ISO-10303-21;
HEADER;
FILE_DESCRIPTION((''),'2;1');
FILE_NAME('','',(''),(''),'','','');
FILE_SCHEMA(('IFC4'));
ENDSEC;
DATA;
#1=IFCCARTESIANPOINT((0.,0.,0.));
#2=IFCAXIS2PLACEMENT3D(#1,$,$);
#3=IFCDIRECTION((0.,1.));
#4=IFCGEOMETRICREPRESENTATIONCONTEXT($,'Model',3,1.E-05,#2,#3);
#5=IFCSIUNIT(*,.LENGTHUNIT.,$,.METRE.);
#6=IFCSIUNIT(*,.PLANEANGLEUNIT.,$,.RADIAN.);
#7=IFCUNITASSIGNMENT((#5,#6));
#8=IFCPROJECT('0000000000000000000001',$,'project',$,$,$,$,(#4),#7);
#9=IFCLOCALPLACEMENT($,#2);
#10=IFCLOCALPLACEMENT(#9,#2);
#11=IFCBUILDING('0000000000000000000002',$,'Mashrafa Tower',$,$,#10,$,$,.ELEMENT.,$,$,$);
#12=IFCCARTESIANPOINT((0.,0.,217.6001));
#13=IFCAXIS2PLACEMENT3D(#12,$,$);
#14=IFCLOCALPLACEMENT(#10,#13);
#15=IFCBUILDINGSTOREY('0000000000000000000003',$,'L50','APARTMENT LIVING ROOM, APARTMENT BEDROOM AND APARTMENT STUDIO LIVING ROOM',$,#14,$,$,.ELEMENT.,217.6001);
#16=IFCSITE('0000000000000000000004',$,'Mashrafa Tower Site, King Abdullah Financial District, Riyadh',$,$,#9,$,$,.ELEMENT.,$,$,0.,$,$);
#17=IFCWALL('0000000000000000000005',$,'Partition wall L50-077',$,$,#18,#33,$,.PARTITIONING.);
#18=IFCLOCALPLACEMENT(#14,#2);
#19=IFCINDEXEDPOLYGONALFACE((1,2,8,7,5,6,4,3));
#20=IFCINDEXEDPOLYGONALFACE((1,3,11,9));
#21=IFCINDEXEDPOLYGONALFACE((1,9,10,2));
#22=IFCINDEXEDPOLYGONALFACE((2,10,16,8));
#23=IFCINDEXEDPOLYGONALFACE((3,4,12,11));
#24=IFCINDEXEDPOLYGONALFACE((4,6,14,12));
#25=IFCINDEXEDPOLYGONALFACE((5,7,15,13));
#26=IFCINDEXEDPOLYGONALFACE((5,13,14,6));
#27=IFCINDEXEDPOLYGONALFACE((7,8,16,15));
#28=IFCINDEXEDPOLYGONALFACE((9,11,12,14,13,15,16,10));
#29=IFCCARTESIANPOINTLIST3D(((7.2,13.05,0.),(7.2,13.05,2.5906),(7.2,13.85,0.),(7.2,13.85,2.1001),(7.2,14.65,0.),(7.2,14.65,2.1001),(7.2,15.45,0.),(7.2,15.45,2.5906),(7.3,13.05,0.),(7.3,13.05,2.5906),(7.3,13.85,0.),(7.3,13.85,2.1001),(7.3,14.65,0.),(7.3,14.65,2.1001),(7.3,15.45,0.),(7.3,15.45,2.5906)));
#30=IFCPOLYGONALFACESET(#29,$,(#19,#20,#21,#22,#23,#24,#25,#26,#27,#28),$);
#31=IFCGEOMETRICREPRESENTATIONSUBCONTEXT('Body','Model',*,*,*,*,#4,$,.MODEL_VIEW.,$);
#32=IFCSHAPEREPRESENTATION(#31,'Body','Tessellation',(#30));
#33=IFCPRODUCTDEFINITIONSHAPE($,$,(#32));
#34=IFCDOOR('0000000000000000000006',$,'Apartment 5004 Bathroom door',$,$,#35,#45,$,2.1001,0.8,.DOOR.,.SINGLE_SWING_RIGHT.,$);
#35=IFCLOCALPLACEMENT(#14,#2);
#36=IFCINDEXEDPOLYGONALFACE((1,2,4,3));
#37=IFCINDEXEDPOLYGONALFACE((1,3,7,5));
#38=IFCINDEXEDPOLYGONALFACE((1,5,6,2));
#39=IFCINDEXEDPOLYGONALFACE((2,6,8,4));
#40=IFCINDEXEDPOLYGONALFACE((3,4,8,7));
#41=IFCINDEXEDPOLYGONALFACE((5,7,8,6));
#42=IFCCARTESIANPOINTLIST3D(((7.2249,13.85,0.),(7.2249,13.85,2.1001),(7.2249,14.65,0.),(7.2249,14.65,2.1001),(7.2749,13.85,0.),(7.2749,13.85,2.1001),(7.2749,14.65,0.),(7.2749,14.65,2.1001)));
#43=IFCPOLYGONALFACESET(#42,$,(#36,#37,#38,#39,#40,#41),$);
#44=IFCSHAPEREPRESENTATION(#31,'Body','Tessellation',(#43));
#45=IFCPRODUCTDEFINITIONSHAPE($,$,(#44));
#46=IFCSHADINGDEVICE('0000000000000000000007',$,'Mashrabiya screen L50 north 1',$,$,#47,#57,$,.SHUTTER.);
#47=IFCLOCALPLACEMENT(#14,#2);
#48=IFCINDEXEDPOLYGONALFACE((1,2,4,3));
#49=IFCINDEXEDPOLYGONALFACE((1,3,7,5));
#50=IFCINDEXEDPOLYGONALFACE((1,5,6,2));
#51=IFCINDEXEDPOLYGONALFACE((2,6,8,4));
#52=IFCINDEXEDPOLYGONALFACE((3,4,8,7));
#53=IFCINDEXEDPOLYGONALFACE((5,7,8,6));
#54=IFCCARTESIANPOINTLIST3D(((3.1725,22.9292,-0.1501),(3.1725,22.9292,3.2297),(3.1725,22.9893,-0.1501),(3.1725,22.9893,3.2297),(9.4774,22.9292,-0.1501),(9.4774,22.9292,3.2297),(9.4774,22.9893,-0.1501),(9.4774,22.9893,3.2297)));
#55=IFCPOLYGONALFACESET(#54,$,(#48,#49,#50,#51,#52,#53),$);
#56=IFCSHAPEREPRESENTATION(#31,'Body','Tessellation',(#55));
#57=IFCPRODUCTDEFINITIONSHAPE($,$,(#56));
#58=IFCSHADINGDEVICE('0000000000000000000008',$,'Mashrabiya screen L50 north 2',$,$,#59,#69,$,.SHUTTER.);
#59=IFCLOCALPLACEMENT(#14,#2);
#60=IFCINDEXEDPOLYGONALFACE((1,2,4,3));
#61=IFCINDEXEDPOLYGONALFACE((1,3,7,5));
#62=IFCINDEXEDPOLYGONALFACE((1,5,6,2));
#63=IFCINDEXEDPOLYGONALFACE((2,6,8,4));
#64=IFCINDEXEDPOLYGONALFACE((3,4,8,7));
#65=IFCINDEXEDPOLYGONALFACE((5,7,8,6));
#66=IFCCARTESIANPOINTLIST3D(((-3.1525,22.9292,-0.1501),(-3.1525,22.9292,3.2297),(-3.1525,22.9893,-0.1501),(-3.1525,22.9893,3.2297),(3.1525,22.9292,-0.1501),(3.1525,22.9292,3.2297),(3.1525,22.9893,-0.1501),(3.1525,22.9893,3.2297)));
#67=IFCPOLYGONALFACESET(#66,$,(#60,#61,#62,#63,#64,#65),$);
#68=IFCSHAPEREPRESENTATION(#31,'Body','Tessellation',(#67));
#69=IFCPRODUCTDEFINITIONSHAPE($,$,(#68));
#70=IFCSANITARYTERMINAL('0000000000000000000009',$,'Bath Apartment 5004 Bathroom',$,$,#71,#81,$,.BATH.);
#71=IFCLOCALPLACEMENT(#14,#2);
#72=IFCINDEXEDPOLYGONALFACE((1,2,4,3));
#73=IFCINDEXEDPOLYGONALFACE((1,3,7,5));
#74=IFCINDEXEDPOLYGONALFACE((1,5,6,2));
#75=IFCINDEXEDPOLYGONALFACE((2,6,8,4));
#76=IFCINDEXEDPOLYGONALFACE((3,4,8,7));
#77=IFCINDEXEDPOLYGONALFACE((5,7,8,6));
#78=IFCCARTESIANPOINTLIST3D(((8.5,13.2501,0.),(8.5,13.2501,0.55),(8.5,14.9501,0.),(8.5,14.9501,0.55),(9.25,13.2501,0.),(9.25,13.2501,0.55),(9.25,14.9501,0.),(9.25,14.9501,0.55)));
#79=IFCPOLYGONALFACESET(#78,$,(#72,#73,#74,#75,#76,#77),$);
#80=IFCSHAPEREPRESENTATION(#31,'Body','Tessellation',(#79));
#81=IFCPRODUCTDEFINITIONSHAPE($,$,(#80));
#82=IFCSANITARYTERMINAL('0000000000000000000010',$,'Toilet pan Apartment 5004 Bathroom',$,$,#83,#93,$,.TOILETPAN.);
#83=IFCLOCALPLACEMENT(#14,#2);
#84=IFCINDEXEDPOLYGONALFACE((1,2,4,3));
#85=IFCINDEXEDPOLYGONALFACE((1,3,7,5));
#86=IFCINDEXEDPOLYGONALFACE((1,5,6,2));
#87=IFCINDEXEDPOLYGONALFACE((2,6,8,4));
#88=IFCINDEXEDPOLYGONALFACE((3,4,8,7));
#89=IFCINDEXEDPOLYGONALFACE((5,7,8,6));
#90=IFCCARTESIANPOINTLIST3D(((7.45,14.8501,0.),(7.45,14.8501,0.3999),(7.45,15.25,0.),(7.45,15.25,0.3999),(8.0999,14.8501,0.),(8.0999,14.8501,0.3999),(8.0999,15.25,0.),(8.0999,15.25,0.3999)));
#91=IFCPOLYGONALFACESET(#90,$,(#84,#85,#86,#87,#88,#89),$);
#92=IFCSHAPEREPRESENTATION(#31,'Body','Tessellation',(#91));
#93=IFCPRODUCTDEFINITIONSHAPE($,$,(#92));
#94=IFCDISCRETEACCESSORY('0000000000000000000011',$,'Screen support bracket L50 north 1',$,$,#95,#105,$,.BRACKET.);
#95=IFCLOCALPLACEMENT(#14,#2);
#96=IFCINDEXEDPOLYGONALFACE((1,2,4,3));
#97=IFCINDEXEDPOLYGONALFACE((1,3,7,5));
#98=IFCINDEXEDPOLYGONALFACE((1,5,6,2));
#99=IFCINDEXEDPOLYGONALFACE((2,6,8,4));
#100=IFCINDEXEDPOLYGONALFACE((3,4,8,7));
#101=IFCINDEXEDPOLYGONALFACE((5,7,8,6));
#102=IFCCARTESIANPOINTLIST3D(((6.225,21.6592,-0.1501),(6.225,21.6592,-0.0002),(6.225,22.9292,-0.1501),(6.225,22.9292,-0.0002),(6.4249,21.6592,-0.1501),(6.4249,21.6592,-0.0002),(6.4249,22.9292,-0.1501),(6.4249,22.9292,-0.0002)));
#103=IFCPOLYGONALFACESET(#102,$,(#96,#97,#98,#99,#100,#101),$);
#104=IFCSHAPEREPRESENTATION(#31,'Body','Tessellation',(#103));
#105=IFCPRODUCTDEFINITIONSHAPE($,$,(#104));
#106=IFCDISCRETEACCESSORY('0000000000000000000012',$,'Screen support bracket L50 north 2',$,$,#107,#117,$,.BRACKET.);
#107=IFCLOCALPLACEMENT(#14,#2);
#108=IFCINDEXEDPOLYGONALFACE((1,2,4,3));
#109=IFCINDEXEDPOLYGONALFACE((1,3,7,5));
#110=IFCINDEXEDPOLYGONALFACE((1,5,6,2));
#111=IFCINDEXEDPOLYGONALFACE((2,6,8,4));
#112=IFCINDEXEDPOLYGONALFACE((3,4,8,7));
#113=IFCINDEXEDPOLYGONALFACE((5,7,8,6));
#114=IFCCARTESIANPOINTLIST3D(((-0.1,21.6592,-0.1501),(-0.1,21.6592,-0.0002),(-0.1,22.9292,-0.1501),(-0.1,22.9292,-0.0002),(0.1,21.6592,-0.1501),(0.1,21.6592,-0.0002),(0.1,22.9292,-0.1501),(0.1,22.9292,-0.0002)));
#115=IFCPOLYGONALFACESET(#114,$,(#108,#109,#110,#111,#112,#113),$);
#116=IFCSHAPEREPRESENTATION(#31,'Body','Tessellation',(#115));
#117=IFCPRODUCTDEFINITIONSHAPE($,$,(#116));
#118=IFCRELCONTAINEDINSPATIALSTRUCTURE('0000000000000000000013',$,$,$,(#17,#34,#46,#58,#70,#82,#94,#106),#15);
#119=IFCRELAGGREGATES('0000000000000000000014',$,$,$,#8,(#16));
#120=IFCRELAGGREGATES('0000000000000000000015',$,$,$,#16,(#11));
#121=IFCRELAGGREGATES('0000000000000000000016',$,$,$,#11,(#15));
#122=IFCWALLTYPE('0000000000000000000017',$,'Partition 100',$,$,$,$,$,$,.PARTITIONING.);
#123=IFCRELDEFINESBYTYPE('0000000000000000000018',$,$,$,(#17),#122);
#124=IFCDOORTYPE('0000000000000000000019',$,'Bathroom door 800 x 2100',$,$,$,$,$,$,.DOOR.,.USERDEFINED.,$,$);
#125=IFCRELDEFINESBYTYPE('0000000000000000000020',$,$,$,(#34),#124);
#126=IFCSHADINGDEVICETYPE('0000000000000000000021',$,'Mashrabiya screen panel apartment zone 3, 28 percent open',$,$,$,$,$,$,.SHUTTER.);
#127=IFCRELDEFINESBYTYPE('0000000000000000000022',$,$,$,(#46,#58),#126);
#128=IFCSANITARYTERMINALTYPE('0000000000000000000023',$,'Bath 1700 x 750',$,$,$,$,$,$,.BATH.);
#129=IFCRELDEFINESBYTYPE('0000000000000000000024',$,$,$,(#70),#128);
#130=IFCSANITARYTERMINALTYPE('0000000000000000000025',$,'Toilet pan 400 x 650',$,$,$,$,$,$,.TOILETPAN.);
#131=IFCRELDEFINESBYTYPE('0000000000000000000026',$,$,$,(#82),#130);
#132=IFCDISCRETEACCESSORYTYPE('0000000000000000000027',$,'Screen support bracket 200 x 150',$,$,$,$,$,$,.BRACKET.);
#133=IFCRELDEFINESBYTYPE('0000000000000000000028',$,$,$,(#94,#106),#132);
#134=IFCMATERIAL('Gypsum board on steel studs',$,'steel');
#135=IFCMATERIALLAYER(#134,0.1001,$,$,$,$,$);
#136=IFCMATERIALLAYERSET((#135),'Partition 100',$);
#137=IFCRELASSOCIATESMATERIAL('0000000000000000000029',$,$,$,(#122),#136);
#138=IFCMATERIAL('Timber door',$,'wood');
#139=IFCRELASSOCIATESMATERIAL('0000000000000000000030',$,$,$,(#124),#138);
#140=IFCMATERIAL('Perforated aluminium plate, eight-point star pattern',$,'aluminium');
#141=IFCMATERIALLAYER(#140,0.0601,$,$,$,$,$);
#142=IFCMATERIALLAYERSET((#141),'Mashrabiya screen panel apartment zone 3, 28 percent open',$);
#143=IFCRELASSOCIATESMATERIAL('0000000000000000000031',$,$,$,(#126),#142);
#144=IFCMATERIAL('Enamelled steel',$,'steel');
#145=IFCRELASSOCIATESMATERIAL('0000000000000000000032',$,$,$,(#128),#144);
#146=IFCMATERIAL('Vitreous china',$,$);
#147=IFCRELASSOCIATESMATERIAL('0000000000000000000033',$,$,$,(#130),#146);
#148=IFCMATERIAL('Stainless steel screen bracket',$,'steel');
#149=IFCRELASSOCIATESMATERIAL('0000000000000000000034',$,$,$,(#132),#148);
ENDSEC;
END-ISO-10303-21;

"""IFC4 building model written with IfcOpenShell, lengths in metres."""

from ifc_helpers import new_model, si_unit, direction, frame, frame_2d, origin, origin_2d, place, context, subcontext, project, spatial, rectangle, extrude, source, transform, mapped, material, layer, layer_set, type_object, type_shapes, element, fill, save


model = new_model("IFC4")

# Units and contexts
model_context = context("Model", 3, precision=1e-05, world=origin(), true_north=direction((0.0, 1.0)))
body_context = subcontext(model_context, "Body", "Model", "MODEL_VIEW")
ifc_project = project(units=[si_unit("LENGTHUNIT", "METRE"), si_unit("PLANEANGLEUNIT", "RADIAN")], contexts=[model_context])

# Site, building, storey
site_placement = place(None, origin())
site = spatial("IfcSite", under=ifc_project, at=site_placement, Name="Mashrafa Tower Site, King Abdullah Financial District, Riyadh", CompositionType="ELEMENT", RefElevation=0.0)
building_placement = place(site_placement, origin())
building = spatial("IfcBuilding", under=site, at=building_placement, Name="Mashrafa Tower", CompositionType="ELEMENT")
storey_placement = place(building_placement, frame((0.0, 0.0, 217.6001)))
storey = spatial("IfcBuildingStorey", under=building, at=storey_placement, Name="L50", Description="APARTMENT LIVING ROOM, APARTMENT BEDROOM AND APARTMENT STUDIO LIVING ROOM", CompositionType="ELEMENT", Elevation=217.6001)

# Shared definitions
ifc_material_1 = material(Name="Gypsum board on steel studs", Category="steel")
ifc_layer_1 = layer(ifc_material_1, 0.1001)
ifc_layer_set_1 = layer_set([ifc_layer_1], Name="Partition 100")
wall_type_1 = type_object("IfcWallType", Name="Partition 100", PredefinedType="PARTITIONING", material=ifc_layer_set_1)

# Wall, opening, door
wall_1_placement = place(storey_placement, frame((7.25, 15.45, 0.0), z_axis=(0.0, 0.0, 1.0), x_axis=(0.0, -1.0, 0.0)))
wall_1 = element("IfcWall", 1, at=wall_1_placement, inside=storey, type_object=wall_type_1, Name="Partition wall L50-077", PredefinedType="PARTITIONING", context=body_context, shape_type="SweptSolid", body=[
    extrude(rectangle(XDim=2.3999, YDim=0.1001, at=frame_2d((1.2, 0.0))), origin(), (0.0, 0.0, 1.0), 2.5906),
])
opening_1_placement = place(wall_1_placement, frame((0.8, 0.0, 0.0)))
opening_1 = element("IfcOpeningElement", 2, at=opening_1_placement, cuts=wall_1, PredefinedType="OPENING", context=body_context, shape_type="SweptSolid", body=[
    extrude(rectangle(XDim=0.8, YDim=2.1001, at=frame_2d((0.3999, 1.05))), frame((0.0, 0.0601, 0.0), z_axis=(0.0, -1.0, 0.0), x_axis=(1.0, 0.0, 0.0)), (0.0, 0.0, 1.0), 0.1201),
])
ifc_material_2 = material(Name="Timber door", Category="wood")
door_type_1 = type_object("IfcDoorType", Name="Bathroom door 800 x 2100", OperationType="USERDEFINED", PredefinedType="DOOR", material=ifc_material_2)
door_1_placement = place(opening_1_placement, origin())
door_1 = element("IfcDoor", 3, at=door_1_placement, inside=storey, type_object=door_type_1, Name="Apartment 5004 Bathroom door", OperationType="SINGLE_SWING_RIGHT", OverallHeight=2.1001, OverallWidth=0.8, PredefinedType="DOOR", context=body_context, shape_type="SweptSolid", body=[
    extrude(rectangle(XDim=0.8, YDim=2.1001, at=frame_2d((0.3999, 1.05))), frame((0.0, 0.0249, 0.0), z_axis=(0.0, -1.0, 0.0), x_axis=(1.0, 0.0, 0.0)), (0.0, 0.0, 1.0), 0.05),
])
fill(opening_1, door_1)

# Shading devices
ifc_material_3 = material(Name="Perforated aluminium plate, eight-point star pattern", Category="aluminium")
ifc_layer_2 = layer(ifc_material_3, 0.0601)
ifc_layer_set_2 = layer_set([ifc_layer_2], Name="Mashrabiya screen panel apartment zone 3, 28 percent open")
shading_device_type = type_object("IfcShadingDeviceType", Name="Mashrabiya screen panel apartment zone 3, 28 percent open", PredefinedType="SHUTTER", material=ifc_layer_set_2)
shared_shape_1 = source(origin(), body_context, "Body", "SweptSolid", [
    extrude(rectangle(XDim=6.3049, YDim=0.0601, at=origin_2d()), origin(), (0.0, 0.0, 1.0), 3.3799),
])
type_shapes(shading_device_type, [shared_shape_1])
for number, where, z_axis, x_axis, name in (
    (4, (6.325, 22.9592, -0.1501), (0.0, 0.0, 1.0), (-1.0, 0.0, 0.0), "Mashrabiya screen L50 north 1"),
    (5, (0.0, 22.9592, -0.1501), (0.0, 0.0, 1.0), (-1.0, 0.0, 0.0), "Mashrabiya screen L50 north 2"),
):
    element("IfcShadingDevice", number, at=place(storey_placement, frame(where, z_axis=z_axis, x_axis=x_axis)), inside=storey, type_object=shading_device_type, Name=name, PredefinedType="SHUTTER", context=body_context, shape_type="MappedRepresentation", body=[
        mapped(shared_shape_1, transform((0.0, 0.0, 0.0))),
    ])

# Sanitary terminals
ifc_material_4 = material(Name="Enamelled steel", Category="steel")
sanitary_terminal_type_1 = type_object("IfcSanitaryTerminalType", Name="Bath 1700 x 750", PredefinedType="BATH", material=ifc_material_4)
sanitary_terminal_1_placement = place(storey_placement, frame((8.875, 14.1001, 0.0), z_axis=(0.0, 0.0, 1.0), x_axis=(0.0, 1.0, 0.0)))
element("IfcSanitaryTerminal", 6, at=sanitary_terminal_1_placement, inside=storey, type_object=sanitary_terminal_type_1, Name="Bath Apartment 5004 Bathroom", PredefinedType="BATH", context=body_context, shape_type="SweptSolid", body=[
    extrude(rectangle(XDim=1.7, YDim=0.75, at=origin_2d()), origin(), (0.0, 0.0, 1.0), 0.55),
])
ifc_material_5 = material(Name="Vitreous china")
sanitary_terminal_type_2 = type_object("IfcSanitaryTerminalType", Name="Toilet pan 400 x 650", PredefinedType="TOILETPAN", material=ifc_material_5)
sanitary_terminal_2_placement = place(storey_placement, frame((7.7749, 15.05, 0.0), z_axis=(0.0, 0.0, 1.0), x_axis=(0.0, -1.0, 0.0)))
element("IfcSanitaryTerminal", 7, at=sanitary_terminal_2_placement, inside=storey, type_object=sanitary_terminal_type_2, Name="Toilet pan Apartment 5004 Bathroom", PredefinedType="TOILETPAN", context=body_context, shape_type="SweptSolid", body=[
    extrude(rectangle(XDim=0.3999, YDim=0.6499, at=origin_2d()), origin(), (0.0, 0.0, 1.0), 0.3999),
])

# Discrete accessories
ifc_material_6 = material(Name="Stainless steel screen bracket", Category="steel")
discrete_accessory_type = type_object("IfcDiscreteAccessoryType", Name="Screen support bracket 200 x 150", PredefinedType="BRACKET", material=ifc_material_6)
shared_shape_2 = source(origin(), body_context, "Body", "SweptSolid", [
    extrude(rectangle(XDim=0.2, YDim=1.27, at=origin_2d()), origin(), (0.0, 0.0, 1.0), 0.1499),
])
type_shapes(discrete_accessory_type, [shared_shape_2])
for number, where, z_axis, x_axis, name in (
    (8, (6.325, 22.2942, -0.1501), (0.0, 0.0, 1.0), (-1.0, 0.0, 0.0), "Screen support bracket L50 north 1"),
    (9, (0.0, 22.2942, -0.1501), (0.0, 0.0, 1.0), (-1.0, 0.0, 0.0), "Screen support bracket L50 north 2"),
):
    element("IfcDiscreteAccessory", number, at=place(storey_placement, frame(where, z_axis=z_axis, x_axis=x_axis)), inside=storey, type_object=discrete_accessory_type, Name=name, PredefinedType="BRACKET", context=body_context, shape_type="MappedRepresentation", body=[
        mapped(shared_shape_2, transform((0.0, 0.0, 0.0))),
    ])

save(model, "model.ifc")
